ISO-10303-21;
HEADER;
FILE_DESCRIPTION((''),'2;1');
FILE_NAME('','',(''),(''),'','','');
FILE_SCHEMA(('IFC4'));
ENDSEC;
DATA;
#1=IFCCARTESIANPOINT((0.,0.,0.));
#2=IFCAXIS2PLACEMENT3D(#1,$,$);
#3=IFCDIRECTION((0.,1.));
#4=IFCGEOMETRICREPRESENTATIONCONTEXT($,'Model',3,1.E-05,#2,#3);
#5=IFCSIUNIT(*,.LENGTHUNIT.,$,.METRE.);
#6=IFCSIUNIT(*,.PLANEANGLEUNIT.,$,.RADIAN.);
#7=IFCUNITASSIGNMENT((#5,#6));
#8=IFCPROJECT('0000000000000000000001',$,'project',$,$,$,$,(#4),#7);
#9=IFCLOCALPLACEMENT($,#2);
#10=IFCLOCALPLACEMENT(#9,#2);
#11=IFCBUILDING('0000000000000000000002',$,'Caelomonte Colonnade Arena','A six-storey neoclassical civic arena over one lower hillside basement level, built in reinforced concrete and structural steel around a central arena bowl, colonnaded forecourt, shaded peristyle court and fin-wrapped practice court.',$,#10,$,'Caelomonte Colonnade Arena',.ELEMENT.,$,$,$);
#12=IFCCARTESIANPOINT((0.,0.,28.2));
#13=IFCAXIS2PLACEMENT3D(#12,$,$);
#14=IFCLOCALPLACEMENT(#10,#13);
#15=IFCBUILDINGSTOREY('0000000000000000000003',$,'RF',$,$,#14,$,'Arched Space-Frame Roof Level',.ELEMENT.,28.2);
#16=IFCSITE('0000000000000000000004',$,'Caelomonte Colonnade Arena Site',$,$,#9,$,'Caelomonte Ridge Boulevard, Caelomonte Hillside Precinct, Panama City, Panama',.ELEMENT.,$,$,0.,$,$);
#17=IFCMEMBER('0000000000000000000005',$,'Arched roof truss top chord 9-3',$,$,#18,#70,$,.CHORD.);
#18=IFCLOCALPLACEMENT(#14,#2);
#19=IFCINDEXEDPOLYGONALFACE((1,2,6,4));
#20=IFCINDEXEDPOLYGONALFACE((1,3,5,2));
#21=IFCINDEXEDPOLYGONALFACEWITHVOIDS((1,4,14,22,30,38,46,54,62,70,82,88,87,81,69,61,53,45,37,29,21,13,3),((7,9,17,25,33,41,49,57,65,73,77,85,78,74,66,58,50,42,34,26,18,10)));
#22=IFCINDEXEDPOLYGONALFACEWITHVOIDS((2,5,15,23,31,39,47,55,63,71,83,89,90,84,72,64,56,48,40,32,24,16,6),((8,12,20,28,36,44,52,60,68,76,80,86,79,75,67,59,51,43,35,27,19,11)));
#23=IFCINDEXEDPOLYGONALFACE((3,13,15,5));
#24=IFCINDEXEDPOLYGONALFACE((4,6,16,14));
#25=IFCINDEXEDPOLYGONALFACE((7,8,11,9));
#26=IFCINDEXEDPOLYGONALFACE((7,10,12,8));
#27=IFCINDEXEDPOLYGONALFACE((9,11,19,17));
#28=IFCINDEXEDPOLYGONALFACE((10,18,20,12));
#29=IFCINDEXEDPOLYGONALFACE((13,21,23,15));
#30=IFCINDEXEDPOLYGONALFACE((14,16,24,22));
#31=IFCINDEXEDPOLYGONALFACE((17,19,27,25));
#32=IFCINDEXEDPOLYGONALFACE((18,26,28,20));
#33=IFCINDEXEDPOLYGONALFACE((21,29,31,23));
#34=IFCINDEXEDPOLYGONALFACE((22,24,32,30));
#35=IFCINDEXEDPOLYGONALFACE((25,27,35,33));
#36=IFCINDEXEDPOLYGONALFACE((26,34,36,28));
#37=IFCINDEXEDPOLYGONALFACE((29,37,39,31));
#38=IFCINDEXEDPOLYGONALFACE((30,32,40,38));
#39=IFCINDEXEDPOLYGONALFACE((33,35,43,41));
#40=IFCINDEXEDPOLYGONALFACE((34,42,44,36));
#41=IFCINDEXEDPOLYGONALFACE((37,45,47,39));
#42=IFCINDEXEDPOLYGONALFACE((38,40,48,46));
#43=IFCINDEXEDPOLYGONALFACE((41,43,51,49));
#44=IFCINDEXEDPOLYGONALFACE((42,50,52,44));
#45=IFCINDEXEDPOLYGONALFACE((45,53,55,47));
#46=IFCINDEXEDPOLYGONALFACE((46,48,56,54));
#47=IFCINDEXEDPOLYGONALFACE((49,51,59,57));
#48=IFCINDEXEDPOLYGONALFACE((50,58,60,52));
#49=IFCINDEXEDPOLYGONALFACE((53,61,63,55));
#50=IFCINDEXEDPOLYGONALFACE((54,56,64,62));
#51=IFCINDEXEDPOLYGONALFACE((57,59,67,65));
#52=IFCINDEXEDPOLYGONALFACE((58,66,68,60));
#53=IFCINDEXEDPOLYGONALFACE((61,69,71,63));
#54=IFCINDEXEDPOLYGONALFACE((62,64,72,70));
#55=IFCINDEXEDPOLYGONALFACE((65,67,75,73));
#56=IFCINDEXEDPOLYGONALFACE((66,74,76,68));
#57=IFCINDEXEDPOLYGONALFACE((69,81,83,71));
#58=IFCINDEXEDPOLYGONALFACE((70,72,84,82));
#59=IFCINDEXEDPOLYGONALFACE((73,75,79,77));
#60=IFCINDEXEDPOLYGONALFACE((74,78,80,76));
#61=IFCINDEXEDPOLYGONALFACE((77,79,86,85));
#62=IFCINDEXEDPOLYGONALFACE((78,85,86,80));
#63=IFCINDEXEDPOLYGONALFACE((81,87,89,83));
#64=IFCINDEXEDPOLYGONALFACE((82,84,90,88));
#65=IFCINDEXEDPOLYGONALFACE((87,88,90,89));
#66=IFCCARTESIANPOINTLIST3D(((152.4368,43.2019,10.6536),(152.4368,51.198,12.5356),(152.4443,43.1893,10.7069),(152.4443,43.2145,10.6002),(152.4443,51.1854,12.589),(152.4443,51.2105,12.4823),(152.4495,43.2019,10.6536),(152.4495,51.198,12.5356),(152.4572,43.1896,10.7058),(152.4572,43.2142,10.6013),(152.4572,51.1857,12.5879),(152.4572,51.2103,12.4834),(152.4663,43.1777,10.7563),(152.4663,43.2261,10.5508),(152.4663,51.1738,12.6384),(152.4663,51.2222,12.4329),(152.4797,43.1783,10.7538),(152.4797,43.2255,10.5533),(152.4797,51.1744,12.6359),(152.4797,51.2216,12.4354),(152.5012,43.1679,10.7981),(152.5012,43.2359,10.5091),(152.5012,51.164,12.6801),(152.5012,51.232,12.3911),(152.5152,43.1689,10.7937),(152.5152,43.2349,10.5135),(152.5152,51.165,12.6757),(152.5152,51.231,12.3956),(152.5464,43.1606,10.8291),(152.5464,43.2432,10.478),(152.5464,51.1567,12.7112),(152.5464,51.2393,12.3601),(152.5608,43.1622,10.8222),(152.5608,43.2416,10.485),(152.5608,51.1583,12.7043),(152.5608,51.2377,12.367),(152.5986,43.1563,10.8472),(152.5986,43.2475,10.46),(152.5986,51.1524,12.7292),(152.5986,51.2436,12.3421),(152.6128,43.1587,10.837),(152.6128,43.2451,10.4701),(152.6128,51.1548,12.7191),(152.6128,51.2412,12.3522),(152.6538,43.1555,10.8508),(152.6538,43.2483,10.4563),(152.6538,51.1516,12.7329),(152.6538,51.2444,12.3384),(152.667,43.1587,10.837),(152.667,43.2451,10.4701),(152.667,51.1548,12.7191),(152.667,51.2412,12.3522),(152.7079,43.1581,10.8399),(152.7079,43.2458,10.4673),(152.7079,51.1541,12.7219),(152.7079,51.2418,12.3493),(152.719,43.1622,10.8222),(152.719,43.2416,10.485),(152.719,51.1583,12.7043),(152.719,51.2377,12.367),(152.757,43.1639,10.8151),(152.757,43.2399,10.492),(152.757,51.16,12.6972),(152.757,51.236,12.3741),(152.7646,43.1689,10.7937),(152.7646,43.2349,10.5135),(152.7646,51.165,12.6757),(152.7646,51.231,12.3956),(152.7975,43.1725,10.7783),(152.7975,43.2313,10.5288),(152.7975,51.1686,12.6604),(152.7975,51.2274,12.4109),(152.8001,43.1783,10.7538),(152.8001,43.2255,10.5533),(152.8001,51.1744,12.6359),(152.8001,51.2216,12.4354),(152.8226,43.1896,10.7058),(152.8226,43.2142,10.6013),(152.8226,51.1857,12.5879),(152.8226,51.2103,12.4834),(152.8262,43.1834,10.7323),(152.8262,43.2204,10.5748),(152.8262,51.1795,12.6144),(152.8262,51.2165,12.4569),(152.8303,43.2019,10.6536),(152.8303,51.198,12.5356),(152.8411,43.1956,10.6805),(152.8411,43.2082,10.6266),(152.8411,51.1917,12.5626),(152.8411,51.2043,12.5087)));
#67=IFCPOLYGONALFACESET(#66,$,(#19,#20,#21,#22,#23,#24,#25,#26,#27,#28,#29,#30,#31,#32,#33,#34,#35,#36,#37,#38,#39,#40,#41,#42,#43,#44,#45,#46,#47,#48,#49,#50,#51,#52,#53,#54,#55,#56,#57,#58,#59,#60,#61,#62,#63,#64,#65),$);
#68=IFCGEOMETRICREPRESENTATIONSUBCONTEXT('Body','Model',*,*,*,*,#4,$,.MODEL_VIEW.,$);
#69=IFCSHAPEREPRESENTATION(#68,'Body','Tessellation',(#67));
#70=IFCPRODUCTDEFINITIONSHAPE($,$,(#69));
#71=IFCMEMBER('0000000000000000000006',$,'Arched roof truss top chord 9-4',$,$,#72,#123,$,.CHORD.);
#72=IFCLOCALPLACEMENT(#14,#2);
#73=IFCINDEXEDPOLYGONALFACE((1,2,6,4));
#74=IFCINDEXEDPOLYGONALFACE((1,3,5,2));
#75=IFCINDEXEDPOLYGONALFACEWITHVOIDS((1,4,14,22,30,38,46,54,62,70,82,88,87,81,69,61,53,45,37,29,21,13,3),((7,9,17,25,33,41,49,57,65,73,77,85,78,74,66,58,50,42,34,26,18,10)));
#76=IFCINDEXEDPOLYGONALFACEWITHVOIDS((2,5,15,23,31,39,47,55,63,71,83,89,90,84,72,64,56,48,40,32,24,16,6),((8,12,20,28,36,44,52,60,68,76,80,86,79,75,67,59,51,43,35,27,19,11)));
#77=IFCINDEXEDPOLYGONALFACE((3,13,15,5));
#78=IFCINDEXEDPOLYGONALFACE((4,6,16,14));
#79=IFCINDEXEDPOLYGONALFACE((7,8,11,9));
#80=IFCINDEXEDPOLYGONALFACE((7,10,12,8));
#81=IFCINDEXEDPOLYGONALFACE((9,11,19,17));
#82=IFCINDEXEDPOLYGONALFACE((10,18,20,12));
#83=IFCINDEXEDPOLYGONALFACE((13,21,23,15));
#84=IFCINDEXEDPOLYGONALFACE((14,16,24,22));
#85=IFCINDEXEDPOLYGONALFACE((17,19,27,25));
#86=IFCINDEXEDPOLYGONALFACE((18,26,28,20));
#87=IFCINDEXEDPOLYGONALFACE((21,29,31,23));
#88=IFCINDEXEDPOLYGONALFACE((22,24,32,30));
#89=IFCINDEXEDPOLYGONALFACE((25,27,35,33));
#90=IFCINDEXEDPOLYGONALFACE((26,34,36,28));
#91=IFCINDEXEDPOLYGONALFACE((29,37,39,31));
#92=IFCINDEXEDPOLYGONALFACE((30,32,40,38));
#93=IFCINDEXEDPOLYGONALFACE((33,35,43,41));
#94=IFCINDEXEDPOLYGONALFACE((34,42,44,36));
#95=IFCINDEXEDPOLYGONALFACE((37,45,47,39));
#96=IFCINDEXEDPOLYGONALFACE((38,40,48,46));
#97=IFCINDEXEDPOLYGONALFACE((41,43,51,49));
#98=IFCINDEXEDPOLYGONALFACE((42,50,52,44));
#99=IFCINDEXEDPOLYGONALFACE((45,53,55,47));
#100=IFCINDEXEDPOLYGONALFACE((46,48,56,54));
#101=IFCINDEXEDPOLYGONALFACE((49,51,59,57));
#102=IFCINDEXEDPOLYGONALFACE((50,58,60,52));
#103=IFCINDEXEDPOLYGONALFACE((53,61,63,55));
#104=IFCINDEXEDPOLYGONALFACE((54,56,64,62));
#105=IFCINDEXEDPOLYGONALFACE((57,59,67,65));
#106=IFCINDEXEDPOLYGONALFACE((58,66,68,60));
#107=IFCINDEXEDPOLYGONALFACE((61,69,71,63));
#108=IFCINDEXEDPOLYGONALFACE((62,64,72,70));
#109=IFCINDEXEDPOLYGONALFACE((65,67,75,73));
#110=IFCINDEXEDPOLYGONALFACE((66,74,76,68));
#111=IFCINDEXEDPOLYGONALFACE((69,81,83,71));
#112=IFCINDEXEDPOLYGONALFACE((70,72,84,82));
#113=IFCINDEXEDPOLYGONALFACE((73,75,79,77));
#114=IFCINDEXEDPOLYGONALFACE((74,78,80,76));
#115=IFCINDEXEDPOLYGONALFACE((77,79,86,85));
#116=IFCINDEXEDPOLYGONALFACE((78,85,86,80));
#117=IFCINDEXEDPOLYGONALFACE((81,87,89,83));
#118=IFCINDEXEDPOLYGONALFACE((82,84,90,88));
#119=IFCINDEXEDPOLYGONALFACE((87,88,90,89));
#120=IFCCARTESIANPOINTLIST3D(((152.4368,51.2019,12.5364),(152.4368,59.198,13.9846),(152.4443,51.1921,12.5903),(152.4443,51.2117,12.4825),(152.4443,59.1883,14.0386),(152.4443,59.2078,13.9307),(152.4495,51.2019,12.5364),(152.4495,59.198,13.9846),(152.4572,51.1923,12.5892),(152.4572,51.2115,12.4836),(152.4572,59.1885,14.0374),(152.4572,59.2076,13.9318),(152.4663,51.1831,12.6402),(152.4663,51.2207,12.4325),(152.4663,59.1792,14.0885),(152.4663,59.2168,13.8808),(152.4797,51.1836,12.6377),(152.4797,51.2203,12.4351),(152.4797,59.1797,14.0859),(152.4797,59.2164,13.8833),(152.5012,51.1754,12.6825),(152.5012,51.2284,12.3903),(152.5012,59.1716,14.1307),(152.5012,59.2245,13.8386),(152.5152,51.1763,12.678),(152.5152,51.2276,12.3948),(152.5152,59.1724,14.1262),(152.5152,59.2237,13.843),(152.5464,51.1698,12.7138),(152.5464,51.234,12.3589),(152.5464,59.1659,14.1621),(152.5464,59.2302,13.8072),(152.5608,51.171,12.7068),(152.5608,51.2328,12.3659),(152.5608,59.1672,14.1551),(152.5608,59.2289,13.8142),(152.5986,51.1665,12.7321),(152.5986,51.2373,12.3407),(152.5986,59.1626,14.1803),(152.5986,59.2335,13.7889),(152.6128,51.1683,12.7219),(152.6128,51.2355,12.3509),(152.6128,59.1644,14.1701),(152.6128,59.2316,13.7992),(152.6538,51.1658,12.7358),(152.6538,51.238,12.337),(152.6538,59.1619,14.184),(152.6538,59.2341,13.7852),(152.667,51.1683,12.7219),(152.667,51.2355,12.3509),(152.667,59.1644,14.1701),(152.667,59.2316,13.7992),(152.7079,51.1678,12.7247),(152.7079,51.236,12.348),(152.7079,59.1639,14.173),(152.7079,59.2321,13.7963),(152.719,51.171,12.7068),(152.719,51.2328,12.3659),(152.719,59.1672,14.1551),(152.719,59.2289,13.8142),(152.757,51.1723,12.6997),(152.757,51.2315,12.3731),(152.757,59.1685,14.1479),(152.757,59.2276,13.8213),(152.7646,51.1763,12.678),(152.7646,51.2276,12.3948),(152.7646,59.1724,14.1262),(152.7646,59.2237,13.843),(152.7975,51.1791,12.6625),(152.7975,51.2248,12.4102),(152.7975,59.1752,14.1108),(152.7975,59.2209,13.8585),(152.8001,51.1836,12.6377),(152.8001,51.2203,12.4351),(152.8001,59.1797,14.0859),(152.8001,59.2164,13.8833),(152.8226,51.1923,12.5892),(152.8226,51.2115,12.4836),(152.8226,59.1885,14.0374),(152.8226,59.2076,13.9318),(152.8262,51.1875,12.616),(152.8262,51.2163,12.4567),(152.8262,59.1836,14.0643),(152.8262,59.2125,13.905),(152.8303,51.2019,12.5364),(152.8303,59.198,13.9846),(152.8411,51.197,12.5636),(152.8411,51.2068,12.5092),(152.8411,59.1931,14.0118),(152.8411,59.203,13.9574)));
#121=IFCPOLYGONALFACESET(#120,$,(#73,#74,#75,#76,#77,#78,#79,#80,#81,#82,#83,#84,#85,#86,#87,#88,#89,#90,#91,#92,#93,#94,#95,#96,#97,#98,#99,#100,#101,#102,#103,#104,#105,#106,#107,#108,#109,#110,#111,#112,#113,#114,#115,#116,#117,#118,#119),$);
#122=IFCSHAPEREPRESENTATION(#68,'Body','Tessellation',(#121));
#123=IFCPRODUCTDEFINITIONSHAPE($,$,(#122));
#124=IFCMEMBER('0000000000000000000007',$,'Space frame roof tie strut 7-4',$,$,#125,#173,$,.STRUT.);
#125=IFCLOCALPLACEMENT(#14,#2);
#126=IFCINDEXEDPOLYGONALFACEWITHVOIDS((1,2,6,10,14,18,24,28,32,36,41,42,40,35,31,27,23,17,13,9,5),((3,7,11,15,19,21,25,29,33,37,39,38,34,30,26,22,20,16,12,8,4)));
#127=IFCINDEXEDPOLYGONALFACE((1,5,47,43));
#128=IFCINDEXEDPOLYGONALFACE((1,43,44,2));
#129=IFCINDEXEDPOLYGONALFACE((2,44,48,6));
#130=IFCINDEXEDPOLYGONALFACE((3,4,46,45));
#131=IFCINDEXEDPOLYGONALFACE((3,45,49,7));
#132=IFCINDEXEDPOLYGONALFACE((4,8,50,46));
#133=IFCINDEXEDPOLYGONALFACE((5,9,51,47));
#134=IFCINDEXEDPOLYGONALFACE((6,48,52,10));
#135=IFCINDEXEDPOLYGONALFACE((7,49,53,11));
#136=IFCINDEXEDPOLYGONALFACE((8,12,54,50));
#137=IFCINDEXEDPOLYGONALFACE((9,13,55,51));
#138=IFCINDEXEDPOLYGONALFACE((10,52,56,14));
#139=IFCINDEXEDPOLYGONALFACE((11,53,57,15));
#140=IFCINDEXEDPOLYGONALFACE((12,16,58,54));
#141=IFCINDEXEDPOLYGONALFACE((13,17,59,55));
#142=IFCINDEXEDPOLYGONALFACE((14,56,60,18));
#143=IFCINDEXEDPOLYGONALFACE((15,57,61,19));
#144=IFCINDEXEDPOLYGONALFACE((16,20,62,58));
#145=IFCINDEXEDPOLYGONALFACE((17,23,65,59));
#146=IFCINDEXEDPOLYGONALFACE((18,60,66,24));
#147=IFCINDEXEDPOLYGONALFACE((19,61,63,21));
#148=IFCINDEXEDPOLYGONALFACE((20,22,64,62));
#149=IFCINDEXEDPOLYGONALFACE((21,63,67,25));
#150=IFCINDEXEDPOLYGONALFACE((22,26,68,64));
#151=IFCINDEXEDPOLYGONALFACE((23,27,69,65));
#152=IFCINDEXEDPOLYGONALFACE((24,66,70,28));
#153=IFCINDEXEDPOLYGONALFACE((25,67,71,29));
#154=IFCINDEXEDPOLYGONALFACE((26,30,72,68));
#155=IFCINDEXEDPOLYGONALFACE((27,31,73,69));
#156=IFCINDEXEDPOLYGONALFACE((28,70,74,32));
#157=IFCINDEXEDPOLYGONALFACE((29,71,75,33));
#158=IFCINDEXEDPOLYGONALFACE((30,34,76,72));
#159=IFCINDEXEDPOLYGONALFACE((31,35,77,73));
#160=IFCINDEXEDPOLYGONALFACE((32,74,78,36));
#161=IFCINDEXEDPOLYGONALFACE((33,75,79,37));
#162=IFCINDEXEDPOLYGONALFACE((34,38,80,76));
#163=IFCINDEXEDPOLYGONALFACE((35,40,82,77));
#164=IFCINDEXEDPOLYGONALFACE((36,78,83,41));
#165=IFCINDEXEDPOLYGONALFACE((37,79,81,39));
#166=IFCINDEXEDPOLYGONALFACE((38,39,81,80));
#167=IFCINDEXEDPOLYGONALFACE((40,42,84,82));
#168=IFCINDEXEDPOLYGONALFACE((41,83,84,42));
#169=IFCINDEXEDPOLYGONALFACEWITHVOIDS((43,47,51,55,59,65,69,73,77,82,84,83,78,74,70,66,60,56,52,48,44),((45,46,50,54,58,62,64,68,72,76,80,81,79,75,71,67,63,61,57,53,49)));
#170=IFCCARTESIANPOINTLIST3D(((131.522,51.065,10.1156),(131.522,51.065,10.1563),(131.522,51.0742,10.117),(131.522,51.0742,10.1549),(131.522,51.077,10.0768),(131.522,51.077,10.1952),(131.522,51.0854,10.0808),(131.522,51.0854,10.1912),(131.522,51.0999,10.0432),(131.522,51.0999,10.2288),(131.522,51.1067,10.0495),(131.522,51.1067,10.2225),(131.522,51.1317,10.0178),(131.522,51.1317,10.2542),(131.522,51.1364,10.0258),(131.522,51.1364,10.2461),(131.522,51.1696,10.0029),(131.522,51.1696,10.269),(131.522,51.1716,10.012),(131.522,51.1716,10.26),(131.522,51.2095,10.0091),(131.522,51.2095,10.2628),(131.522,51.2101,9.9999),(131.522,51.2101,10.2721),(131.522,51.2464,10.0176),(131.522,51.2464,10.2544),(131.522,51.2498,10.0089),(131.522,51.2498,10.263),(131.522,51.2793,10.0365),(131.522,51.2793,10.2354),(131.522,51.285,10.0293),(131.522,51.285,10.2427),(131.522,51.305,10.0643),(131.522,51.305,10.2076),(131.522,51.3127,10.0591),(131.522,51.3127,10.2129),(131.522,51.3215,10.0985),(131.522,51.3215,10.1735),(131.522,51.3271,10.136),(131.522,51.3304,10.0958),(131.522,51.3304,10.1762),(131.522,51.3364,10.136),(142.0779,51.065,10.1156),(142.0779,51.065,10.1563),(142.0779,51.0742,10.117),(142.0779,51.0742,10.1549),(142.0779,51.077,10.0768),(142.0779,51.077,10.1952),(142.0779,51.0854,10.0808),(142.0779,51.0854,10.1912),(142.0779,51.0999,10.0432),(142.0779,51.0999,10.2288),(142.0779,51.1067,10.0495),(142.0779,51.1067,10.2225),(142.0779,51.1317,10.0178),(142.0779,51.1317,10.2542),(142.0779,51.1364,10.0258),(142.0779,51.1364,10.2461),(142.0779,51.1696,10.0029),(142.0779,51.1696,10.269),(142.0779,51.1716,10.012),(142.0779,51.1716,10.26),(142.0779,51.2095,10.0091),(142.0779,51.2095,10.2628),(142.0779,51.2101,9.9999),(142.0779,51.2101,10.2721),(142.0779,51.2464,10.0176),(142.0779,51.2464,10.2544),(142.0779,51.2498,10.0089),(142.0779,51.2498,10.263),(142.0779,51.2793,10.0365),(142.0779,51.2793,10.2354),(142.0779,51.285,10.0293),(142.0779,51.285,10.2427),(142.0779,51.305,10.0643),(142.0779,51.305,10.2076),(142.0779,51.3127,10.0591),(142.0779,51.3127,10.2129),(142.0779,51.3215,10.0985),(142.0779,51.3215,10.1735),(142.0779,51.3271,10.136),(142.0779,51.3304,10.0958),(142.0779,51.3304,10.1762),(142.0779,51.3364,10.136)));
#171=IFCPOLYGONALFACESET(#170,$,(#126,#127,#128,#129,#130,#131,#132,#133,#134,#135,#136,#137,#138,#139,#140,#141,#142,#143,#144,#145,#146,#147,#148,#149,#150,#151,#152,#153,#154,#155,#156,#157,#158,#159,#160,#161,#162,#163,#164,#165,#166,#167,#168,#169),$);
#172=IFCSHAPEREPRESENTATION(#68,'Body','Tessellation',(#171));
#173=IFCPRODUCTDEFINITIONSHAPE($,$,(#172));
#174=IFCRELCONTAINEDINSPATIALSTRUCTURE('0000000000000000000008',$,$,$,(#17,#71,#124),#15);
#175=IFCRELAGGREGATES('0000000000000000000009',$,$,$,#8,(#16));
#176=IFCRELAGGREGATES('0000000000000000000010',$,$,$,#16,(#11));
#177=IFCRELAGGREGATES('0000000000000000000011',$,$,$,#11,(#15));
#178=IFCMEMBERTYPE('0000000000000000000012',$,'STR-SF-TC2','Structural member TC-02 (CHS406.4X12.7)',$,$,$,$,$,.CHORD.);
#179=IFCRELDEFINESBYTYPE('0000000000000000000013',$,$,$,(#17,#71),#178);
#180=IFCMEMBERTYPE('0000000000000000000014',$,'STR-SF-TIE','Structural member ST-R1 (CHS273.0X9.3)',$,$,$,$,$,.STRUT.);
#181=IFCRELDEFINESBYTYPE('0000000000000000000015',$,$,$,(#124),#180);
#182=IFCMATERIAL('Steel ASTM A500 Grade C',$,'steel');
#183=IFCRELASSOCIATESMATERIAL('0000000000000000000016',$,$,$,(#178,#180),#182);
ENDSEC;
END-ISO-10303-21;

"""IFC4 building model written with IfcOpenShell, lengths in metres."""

from ifc_helpers import new_model, si_unit, direction, frame, origin, origin_2d, place, context, subcontext, project, spatial, hollow_circle, extrude, material, material_profile, profile_set, type_object, element, save


model = new_model("IFC4")

# Units and contexts
model_context = context("Model", 3, precision=1e-05, world=origin(), true_north=direction((0.0, 1.0)))
body_context = subcontext(model_context, "Body", "Model", "MODEL_VIEW")
ifc_project = project(units=[si_unit("LENGTHUNIT", "METRE"), si_unit("PLANEANGLEUNIT", "RADIAN")], contexts=[model_context])

# Site, building, storey
site_placement = place(None, origin())
site = spatial("IfcSite", under=ifc_project, at=site_placement, Name="Caelomonte Colonnade Arena Site", LongName="Caelomonte Ridge Boulevard, Caelomonte Hillside Precinct, Panama City, Panama", CompositionType="ELEMENT", RefElevation=0.0)
building_placement = place(site_placement, origin())
building = spatial("IfcBuilding", under=site, at=building_placement, Name="Caelomonte Colonnade Arena", Description="A six-storey neoclassical civic arena over one lower hillside basement level, built in reinforced concrete and structural steel around a central arena bowl, colonnaded forecourt, shaded peristyle court and fin-wrapped practice court.", LongName="Caelomonte Colonnade Arena", CompositionType="ELEMENT")
storey_placement = place(building_placement, frame((0.0, 0.0, 28.2)))
storey = spatial("IfcBuildingStorey", under=building, at=storey_placement, Name="RF", LongName="Arched Space-Frame Roof Level", CompositionType="ELEMENT", Elevation=28.2)

# Members
ifc_material_1 = material(Name="Steel ASTM A500 Grade C", Category="steel")
ifc_material_profile_1 = material_profile(ifc_material_1, hollow_circle(Radius=0.2031, WallThickness=0.0127, at=origin_2d()), Name="CHS406.4X12.7")
ifc_profile_set_1 = profile_set([ifc_material_profile_1], Name="Steel ASTM A500 Grade C")
member_type_1 = type_object("IfcMemberType", Name="STR-SF-TC2", Description="Structural member TC-02 (CHS406.4X12.7)", PredefinedType="CHORD", material=ifc_profile_set_1)
member_1_placement = place(storey_placement, frame((152.6399, 43.2019, 10.6536), z_axis=(0.0, 0.9734, 0.229114), x_axis=(-1.0, 0.0, 0.0)))
element("IfcMember", 1, at=member_1_placement, inside=storey, type_object=member_type_1, Name="Arched roof truss top chord 9-3", PredefinedType="CHORD", context=body_context, shape_type="SweptSolid", body=[
    extrude(hollow_circle(Radius=0.2031, WallThickness=0.0127, at=origin_2d()), origin(), (0.0, 0.0, 1.0), 8.2146),
])
member_2_placement = place(storey_placement, frame((152.6399, 51.2019, 12.5364), z_axis=(0.0, 0.983991, 0.178219), x_axis=(-1.0, 0.0, 0.0)))
element("IfcMember", 2, at=member_2_placement, inside=storey, type_object=member_type_1, Name="Arched roof truss top chord 9-4", PredefinedType="CHORD", context=body_context, shape_type="SweptSolid", body=[
    extrude(hollow_circle(Radius=0.2031, WallThickness=0.0127, at=origin_2d()), origin(), (0.0, 0.0, 1.0), 8.1262),
])
ifc_material_profile_2 = material_profile(ifc_material_1, hollow_circle(Radius=0.1365, WallThickness=0.0093, at=origin_2d()), Name="CHS273.0X9.3")
ifc_profile_set_2 = profile_set([ifc_material_profile_2], Name="Steel ASTM A500 Grade C")
member_type_2 = type_object("IfcMemberType", Name="STR-SF-TIE", Description="Structural member ST-R1 (CHS273.0X9.3)", PredefinedType="STRUT", material=ifc_profile_set_2)
for number, where, z_axis, x_axis, name in (
    (3, (131.522, 51.2, 10.136), (1.0, 0.0, 0.0), (0.0, 1.0, 0.0), "Space frame roof tie strut 7-4"),
):
    element("IfcMember", number, at=place(storey_placement, frame(where, z_axis=z_axis, x_axis=x_axis)), inside=storey, type_object=member_type_2, Name=name, PredefinedType="STRUT", context=body_context, shape_type="SweptSolid", body=[
        extrude(hollow_circle(Radius=0.1365, WallThickness=0.0093, at=origin_2d()), origin(), (0.0, 0.0, 1.0), 10.5559),
    ])

save(model, "model.ifc")
